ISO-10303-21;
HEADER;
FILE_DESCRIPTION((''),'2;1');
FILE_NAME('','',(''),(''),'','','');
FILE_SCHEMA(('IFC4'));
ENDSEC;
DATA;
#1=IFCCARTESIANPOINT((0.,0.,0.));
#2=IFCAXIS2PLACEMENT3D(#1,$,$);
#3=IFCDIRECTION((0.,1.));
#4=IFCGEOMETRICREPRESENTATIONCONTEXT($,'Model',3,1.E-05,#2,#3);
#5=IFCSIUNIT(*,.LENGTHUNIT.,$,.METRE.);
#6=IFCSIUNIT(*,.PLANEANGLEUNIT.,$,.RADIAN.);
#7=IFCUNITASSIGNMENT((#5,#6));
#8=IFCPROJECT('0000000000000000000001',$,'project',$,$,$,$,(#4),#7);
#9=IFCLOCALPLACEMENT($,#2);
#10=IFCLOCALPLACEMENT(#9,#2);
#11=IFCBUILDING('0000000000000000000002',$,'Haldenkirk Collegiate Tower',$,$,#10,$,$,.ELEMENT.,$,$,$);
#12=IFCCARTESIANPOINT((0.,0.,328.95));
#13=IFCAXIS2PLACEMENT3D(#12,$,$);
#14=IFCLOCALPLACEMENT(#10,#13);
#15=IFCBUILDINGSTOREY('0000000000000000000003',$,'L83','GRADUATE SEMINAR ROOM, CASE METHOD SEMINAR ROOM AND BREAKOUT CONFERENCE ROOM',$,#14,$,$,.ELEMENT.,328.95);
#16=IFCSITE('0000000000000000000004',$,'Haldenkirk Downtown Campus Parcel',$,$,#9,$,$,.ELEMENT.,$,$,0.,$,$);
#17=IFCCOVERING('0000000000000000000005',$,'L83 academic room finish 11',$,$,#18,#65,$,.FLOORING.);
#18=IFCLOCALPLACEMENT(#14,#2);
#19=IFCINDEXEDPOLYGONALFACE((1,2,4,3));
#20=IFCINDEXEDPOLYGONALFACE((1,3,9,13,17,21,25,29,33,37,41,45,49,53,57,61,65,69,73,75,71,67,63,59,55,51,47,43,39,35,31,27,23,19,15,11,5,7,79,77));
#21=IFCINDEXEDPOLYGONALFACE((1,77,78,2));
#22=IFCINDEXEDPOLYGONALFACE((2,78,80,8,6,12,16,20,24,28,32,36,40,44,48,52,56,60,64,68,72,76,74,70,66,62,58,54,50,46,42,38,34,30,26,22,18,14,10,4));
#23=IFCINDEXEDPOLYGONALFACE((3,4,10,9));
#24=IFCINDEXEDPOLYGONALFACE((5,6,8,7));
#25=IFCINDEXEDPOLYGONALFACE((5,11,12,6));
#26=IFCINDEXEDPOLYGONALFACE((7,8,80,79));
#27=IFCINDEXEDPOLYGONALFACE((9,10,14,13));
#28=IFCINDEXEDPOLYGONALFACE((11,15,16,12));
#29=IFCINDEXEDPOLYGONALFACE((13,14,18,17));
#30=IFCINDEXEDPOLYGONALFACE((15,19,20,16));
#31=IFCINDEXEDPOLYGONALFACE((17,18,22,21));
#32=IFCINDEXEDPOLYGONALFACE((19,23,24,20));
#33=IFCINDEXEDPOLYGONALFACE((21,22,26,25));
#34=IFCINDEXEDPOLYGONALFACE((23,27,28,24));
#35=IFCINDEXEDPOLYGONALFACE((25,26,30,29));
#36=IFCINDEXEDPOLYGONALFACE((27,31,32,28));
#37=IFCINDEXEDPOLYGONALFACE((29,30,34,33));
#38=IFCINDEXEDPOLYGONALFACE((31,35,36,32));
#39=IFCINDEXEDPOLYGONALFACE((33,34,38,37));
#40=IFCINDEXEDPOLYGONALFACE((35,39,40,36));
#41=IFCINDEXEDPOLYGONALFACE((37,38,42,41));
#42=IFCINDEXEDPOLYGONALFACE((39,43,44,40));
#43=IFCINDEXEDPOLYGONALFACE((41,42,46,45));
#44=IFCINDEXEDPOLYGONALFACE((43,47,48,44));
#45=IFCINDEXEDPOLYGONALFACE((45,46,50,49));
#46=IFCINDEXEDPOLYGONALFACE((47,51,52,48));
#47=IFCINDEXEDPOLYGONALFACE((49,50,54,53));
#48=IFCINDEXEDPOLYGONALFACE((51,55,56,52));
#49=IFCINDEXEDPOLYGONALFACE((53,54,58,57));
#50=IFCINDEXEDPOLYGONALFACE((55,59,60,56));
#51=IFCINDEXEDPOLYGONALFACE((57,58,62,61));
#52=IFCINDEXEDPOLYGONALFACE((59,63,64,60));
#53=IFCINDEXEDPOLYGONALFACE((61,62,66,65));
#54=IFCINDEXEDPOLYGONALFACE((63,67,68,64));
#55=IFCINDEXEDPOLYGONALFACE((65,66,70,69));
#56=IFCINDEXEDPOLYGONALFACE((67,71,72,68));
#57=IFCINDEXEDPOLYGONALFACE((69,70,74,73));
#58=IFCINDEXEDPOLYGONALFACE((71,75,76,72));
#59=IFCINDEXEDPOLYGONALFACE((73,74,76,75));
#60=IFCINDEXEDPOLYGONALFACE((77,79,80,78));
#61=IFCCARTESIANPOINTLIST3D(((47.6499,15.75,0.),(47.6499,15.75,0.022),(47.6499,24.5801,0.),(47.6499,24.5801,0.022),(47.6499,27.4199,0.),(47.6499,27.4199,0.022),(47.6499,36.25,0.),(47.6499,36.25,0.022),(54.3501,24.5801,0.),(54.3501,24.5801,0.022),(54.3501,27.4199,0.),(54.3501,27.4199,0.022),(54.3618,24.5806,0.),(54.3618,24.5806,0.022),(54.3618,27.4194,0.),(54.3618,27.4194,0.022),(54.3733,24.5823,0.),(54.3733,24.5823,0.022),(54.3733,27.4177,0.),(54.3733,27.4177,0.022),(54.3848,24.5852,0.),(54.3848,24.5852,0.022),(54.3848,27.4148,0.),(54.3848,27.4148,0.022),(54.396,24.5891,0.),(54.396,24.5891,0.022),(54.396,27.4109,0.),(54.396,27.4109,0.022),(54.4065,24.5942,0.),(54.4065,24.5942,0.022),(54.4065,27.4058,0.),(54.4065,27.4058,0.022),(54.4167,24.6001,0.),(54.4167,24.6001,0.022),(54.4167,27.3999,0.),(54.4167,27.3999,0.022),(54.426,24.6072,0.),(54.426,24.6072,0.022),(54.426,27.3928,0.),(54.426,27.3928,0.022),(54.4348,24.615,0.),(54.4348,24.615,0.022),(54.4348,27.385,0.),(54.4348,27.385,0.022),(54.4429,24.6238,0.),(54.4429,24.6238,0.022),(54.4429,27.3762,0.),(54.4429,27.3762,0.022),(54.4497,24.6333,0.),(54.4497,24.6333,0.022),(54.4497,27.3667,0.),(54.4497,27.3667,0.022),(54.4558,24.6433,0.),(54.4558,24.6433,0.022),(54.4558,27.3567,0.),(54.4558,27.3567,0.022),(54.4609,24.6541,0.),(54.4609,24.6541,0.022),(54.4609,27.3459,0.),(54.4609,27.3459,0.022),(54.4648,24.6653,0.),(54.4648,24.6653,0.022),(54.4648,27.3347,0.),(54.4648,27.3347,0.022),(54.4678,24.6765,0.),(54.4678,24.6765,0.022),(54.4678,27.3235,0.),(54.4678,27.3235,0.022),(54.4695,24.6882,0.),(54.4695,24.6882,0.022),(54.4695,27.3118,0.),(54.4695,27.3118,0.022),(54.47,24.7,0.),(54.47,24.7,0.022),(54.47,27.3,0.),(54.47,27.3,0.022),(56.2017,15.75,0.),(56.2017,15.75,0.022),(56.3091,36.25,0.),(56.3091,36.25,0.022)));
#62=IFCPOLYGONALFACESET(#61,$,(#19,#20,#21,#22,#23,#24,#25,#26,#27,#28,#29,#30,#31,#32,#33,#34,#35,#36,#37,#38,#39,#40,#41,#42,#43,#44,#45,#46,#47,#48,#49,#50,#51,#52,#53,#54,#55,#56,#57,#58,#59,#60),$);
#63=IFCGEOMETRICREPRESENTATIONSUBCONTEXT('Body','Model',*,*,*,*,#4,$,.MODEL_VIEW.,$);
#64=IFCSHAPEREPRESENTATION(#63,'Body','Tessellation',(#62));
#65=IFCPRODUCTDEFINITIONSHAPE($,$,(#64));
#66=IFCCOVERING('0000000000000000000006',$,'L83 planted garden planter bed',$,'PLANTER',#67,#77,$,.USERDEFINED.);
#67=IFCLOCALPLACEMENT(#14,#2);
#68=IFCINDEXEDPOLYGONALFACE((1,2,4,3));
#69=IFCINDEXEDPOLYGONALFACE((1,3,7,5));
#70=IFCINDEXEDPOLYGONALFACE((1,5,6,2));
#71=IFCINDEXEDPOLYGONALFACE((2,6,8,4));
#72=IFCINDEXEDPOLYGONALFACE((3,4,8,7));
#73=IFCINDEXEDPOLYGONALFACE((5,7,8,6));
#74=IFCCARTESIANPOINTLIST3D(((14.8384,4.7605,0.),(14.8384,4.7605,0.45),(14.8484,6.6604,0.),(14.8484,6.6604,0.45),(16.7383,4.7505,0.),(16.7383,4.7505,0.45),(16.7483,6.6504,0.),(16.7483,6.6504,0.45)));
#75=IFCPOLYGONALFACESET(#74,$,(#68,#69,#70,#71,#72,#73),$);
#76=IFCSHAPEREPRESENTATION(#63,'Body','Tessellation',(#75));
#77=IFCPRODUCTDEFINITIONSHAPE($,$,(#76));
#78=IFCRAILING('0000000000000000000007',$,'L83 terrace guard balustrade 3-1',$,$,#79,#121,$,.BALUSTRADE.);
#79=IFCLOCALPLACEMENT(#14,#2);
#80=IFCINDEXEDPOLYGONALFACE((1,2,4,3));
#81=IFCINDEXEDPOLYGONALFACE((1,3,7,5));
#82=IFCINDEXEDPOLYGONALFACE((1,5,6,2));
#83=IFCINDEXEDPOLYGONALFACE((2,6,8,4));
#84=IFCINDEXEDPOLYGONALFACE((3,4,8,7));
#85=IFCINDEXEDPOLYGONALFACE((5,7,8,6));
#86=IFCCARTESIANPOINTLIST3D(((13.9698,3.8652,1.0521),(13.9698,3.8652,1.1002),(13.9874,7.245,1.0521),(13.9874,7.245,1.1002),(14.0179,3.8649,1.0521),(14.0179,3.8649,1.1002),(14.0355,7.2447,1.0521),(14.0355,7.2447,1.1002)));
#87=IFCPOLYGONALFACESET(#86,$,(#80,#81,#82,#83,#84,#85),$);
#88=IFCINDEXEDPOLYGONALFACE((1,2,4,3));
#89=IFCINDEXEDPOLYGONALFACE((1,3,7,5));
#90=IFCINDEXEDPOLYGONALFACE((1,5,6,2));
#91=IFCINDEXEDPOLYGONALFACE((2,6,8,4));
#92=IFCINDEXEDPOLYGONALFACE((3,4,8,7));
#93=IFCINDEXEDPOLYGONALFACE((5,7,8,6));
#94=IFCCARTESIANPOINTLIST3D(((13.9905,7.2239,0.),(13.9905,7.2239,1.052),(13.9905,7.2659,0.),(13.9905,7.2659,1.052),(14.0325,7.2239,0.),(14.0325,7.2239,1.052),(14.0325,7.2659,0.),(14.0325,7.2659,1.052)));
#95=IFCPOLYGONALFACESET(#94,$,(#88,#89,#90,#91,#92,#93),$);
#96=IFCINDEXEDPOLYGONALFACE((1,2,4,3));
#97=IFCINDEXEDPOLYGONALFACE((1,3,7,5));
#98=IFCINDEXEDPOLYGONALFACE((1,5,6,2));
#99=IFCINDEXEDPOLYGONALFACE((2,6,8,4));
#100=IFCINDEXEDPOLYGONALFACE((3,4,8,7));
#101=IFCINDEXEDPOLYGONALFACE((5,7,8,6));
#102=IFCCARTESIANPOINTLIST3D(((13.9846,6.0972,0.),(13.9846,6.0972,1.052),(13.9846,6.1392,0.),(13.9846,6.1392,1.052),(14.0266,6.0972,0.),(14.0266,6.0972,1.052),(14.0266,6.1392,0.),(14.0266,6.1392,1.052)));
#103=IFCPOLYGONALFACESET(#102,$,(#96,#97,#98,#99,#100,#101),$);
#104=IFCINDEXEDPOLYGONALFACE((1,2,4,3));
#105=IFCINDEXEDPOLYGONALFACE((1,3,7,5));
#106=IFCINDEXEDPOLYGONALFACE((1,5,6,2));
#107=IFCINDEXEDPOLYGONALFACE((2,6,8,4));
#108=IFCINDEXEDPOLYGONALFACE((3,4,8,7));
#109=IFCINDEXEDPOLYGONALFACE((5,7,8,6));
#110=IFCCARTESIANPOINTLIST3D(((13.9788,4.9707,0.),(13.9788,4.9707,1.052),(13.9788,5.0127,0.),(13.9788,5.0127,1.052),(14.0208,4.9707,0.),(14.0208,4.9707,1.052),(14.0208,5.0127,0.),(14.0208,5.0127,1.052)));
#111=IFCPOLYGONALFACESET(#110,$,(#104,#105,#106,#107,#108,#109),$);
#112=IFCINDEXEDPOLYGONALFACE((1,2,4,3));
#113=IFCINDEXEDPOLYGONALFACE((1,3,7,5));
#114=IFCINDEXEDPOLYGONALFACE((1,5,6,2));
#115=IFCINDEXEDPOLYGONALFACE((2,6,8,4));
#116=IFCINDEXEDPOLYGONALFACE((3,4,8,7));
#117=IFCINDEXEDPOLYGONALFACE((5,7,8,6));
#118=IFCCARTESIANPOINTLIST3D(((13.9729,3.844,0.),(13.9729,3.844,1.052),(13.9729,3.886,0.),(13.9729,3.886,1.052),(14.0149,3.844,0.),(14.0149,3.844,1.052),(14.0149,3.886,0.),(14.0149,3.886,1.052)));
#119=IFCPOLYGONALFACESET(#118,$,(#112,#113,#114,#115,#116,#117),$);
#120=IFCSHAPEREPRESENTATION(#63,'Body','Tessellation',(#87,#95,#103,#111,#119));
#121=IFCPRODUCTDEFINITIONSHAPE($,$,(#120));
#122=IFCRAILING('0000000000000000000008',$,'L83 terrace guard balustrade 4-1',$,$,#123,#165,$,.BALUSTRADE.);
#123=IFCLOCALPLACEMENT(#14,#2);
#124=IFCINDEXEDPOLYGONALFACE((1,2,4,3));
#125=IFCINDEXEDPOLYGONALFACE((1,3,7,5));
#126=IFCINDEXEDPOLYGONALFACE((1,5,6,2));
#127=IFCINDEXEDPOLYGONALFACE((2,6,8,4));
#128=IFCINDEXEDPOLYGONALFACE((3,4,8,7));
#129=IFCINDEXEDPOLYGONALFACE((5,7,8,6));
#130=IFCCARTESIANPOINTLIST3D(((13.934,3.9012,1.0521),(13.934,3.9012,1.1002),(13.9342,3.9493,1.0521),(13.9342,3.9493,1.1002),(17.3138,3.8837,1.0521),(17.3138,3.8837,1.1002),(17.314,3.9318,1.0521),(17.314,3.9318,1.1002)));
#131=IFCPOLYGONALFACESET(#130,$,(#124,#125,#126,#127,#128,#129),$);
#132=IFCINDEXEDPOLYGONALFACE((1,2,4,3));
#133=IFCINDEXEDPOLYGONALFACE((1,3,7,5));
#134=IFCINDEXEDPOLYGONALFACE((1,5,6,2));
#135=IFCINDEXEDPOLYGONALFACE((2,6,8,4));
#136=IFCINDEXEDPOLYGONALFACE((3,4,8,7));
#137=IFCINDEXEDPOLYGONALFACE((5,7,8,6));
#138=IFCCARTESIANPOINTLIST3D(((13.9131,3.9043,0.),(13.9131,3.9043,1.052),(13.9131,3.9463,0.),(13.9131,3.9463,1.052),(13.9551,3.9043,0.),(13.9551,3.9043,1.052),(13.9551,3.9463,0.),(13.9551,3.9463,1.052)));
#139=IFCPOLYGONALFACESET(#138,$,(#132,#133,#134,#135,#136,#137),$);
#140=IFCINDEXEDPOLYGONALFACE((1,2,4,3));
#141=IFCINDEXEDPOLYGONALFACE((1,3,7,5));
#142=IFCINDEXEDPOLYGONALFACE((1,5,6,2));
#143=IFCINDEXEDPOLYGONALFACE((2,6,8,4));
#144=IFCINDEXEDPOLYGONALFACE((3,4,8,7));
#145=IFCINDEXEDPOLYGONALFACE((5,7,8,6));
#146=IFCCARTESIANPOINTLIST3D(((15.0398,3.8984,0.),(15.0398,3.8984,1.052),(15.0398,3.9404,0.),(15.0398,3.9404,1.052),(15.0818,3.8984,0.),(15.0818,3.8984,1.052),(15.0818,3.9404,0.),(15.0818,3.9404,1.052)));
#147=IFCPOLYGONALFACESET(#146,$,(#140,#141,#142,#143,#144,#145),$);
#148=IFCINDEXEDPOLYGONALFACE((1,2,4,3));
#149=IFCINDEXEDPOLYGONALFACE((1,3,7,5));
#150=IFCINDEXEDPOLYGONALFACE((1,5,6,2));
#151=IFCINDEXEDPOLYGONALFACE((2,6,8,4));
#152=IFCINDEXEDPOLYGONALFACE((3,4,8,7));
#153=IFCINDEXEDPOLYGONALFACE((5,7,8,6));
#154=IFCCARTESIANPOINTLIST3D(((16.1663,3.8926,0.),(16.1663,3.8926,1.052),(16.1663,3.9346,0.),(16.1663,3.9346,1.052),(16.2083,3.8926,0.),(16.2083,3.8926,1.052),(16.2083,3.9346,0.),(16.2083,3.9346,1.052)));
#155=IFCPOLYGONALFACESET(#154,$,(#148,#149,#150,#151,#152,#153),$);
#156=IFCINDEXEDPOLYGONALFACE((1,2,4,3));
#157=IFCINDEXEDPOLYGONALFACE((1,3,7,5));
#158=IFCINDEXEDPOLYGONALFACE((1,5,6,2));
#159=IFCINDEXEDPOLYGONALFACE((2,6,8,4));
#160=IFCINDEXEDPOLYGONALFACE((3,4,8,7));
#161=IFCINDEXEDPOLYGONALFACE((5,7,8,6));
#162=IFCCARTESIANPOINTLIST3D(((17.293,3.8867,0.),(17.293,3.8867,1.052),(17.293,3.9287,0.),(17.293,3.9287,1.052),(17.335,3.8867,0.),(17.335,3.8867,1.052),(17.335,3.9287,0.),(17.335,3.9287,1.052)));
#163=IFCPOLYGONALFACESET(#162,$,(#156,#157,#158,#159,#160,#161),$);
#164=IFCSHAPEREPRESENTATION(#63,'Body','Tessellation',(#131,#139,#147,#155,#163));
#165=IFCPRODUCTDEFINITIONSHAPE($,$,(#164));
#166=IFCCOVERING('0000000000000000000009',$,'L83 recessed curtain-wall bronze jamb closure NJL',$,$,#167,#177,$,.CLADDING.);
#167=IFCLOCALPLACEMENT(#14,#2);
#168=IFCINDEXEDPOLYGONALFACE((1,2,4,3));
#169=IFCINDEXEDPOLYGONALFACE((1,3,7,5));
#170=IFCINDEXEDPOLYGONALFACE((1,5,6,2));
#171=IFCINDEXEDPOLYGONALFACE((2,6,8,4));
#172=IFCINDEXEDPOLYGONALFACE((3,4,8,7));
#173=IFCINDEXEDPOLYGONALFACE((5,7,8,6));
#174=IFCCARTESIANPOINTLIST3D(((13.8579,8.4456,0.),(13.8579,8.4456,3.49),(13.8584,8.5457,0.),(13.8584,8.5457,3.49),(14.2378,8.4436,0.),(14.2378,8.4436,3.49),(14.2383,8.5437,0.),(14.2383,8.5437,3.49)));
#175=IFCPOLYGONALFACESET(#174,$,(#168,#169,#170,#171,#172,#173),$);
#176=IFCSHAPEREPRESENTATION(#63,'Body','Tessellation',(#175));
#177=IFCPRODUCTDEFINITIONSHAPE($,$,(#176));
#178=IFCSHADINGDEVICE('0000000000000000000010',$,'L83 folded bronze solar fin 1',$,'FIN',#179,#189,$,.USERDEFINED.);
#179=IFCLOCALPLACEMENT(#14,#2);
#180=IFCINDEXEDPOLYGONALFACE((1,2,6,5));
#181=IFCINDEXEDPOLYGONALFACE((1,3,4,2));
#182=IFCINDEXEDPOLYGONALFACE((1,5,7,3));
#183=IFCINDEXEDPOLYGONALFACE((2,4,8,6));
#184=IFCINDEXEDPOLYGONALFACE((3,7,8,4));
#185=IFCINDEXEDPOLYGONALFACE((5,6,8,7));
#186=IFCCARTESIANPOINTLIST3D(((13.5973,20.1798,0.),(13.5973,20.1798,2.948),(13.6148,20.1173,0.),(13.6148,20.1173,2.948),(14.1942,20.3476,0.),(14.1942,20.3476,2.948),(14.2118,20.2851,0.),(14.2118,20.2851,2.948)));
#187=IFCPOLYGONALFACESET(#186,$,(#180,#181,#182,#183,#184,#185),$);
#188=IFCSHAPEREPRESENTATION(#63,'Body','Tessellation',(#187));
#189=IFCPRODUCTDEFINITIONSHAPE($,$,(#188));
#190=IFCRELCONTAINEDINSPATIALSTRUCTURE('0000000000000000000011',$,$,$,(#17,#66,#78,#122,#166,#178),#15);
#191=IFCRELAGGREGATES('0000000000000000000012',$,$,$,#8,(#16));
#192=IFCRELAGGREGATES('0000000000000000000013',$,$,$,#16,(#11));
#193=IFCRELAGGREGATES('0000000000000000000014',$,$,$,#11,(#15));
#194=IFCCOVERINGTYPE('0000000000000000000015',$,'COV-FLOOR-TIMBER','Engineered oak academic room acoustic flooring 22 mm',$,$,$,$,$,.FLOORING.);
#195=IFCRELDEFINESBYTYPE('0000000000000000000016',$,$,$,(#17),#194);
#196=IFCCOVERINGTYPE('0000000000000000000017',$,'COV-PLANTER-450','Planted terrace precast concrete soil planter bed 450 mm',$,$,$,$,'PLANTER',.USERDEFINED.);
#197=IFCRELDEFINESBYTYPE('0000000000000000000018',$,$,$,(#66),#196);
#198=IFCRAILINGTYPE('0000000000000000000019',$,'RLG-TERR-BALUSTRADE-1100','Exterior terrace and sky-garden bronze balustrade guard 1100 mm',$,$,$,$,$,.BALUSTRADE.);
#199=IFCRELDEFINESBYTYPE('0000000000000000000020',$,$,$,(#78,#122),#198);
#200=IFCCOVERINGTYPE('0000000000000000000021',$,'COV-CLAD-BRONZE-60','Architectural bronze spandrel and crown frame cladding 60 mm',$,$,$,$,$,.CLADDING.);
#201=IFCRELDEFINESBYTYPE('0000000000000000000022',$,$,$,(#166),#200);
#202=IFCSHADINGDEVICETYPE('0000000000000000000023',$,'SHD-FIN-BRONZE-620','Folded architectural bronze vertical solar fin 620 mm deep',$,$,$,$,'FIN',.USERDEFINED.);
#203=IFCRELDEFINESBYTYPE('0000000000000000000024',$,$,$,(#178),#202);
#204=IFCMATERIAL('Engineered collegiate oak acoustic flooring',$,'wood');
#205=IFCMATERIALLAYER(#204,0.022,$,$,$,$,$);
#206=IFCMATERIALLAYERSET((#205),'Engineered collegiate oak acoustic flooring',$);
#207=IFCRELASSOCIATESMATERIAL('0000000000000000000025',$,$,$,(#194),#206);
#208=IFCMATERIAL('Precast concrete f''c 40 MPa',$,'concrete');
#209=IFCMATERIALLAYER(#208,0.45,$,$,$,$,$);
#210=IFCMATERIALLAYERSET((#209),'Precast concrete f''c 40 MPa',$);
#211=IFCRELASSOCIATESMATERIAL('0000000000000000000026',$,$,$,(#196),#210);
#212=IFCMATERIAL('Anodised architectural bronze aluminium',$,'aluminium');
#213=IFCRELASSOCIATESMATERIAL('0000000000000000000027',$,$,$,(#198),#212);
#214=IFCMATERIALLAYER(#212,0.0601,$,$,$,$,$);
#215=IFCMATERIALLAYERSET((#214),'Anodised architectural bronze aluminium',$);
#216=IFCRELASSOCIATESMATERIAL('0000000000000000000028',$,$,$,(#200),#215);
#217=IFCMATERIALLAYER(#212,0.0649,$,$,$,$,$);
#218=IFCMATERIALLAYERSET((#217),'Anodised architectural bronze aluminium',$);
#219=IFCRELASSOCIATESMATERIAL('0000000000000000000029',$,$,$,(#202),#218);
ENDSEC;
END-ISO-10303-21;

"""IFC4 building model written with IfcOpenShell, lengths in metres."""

from ifc_helpers import new_model, si_unit, direction, frame, origin, origin_2d, place, context, subcontext, project, spatial, polyline, rectangle, outline, extrude, source, transform, mapped, material, layer, layer_set, type_object, element, save


model = new_model("IFC4")

# Units and contexts
model_context = context("Model", 3, precision=1e-05, world=origin(), true_north=direction((0.0, 1.0)))
body_context = subcontext(model_context, "Body", "Model", "MODEL_VIEW")
ifc_project = project(units=[si_unit("LENGTHUNIT", "METRE"), si_unit("PLANEANGLEUNIT", "RADIAN")], contexts=[model_context])

# Site, building, storey
site_placement = place(None, origin())
site = spatial("IfcSite", under=ifc_project, at=site_placement, Name="Haldenkirk Downtown Campus Parcel", CompositionType="ELEMENT", RefElevation=0.0)
building_placement = place(site_placement, origin())
building = spatial("IfcBuilding", under=site, at=building_placement, Name="Haldenkirk Collegiate Tower", CompositionType="ELEMENT")
storey_placement = place(building_placement, frame((0.0, 0.0, 328.95)))
storey = spatial("IfcBuildingStorey", under=building, at=storey_placement, Name="L83", Description="GRADUATE SEMINAR ROOM, CASE METHOD SEMINAR ROOM AND BREAKOUT CONFERENCE ROOM", CompositionType="ELEMENT", Elevation=328.95)

# Shared definitions
ifc_material_1 = material(Name="Anodised architectural bronze aluminium", Category="aluminium")

# Shared definitions
ifc_material_2 = material(Name="Precast concrete f'c 40 MPa", Category="concrete")

# Coverings
ifc_material_3 = material(Name="Engineered collegiate oak acoustic flooring", Category="wood")
ifc_layer_1 = layer(ifc_material_3, 0.022)
ifc_layer_set_1 = layer_set([ifc_layer_1], Name="Engineered collegiate oak acoustic flooring")
covering_type_1 = type_object("IfcCoveringType", Name="COV-FLOOR-TIMBER", Description="Engineered oak academic room acoustic flooring 22 mm", PredefinedType="FLOORING", material=ifc_layer_set_1)
covering_1_placement = place(storey_placement, origin())
element("IfcCovering", 1, at=covering_1_placement, inside=storey, type_object=covering_type_1, Name="L83 academic room finish 11", PredefinedType="FLOORING", context=body_context, shape_type="SweptSolid", body=[
    extrude(outline(polyline([(54.3501, 24.5801), (54.3618, 24.5806), (54.3733, 24.5823), (54.3848, 24.5852), (54.396, 24.5891), (54.4065, 24.5942), (54.4167, 24.6001), (54.426, 24.6072), (54.4348, 24.615), (54.4429, 24.6238), (54.4497, 24.6333), (54.4558, 24.6433), (54.4609, 24.6541), (54.4648, 24.6653), (54.4678, 24.6765), (54.4695, 24.6882), (54.47, 24.7), (54.47, 27.3), (54.4695, 27.3118), (54.4678, 27.3235), (54.4648, 27.3347), (54.4609, 27.3459), (54.4558, 27.3567), (54.4497, 27.3667), (54.4429, 27.3762), (54.4348, 27.385), (54.426, 27.3928), (54.4167, 27.3999), (54.4065, 27.4058), (54.396, 27.4109), (54.3848, 27.4148), (54.3733, 27.4177), (54.3618, 27.4194), (54.3501, 27.4199), (47.6499, 27.4199), (47.6499, 36.25), (56.3091, 36.25), (56.2017, 15.75), (47.6499, 15.75), (47.6499, 24.5801), (54.3501, 24.5801)])), origin(), (0.0, 0.0, 1.0), 0.022),
])
ifc_layer_2 = layer(ifc_material_2, 0.45)
ifc_layer_set_2 = layer_set([ifc_layer_2], Name="Precast concrete f'c 40 MPa")
covering_type_2 = type_object("IfcCoveringType", Name="COV-PLANTER-450", Description="Planted terrace precast concrete soil planter bed 450 mm", ElementType="PLANTER", PredefinedType="USERDEFINED", material=ifc_layer_set_2)
covering_2_placement = place(storey_placement, origin())
element("IfcCovering", 2, at=covering_2_placement, inside=storey, type_object=covering_type_2, Name="L83 planted garden planter bed", ObjectType="PLANTER", PredefinedType="USERDEFINED", context=body_context, shape_type="SweptSolid", body=[
    extrude(outline(polyline([(16.7383, 4.7505), (14.8384, 4.7605), (14.8484, 6.6604), (16.7483, 6.6504), (16.7383, 4.7505)])), origin(), (0.0, 0.0, 1.0), 0.45),
])

# Railings
railing_type = type_object("IfcRailingType", Name="RLG-TERR-BALUSTRADE-1100", Description="Exterior terrace and sky-garden bronze balustrade guard 1100 mm", PredefinedType="BALUSTRADE", material=ifc_material_1)
railing_1_placement = place(storey_placement, frame((14.0115, 7.2449, 0.0)))
element("IfcRailing", 3, at=railing_1_placement, inside=storey, type_object=railing_type, Name="L83 terrace guard balustrade 3-1", PredefinedType="BALUSTRADE", context=body_context, shape_type="SweptSolid", body=[
    extrude(rectangle(XDim=0.0481, YDim=0.0481, at=origin_2d()), frame((0.0, 0.0, 1.0762), z_axis=(-0.005201, -0.999986, 0.0), x_axis=(0.999986, -0.005201, 0.0)), (0.0, 0.0, 1.0), 3.3799),
    extrude(rectangle(XDim=0.042, YDim=0.042, at=origin_2d()), origin(), (0.0, 0.0, 1.0), 1.052),
    extrude(rectangle(XDim=0.042, YDim=0.042, at=origin_2d()), frame((-0.0059, -1.1267, 0.0)), (0.0, 0.0, 1.0), 1.052),
    extrude(rectangle(XDim=0.042, YDim=0.042, at=origin_2d()), frame((-0.0117, -2.2532, 0.0)), (0.0, 0.0, 1.0), 1.052),
    extrude(rectangle(XDim=0.042, YDim=0.042, at=origin_2d()), frame((-0.0176, -3.3799, 0.0)), (0.0, 0.0, 1.0), 1.052),
])
railing_2_placement = place(storey_placement, frame((13.9341, 3.9253, 0.0)))
element("IfcRailing", 4, at=railing_2_placement, inside=storey, type_object=railing_type, Name="L83 terrace guard balustrade 4-1", PredefinedType="BALUSTRADE", context=body_context, shape_type="SweptSolid", body=[
    extrude(rectangle(XDim=0.0481, YDim=0.0481, at=origin_2d()), frame((0.0, 0.0, 1.0762), z_axis=(0.999986, -0.005201, 0.0), x_axis=(0.005201, 0.999986, 0.0)), (0.0, 0.0, 1.0), 3.3799),
    extrude(rectangle(XDim=0.042, YDim=0.042, at=origin_2d()), origin(), (0.0, 0.0, 1.0), 1.052),
    extrude(rectangle(XDim=0.042, YDim=0.042, at=origin_2d()), frame((1.1267, -0.0059, 0.0)), (0.0, 0.0, 1.0), 1.052),
    extrude(rectangle(XDim=0.042, YDim=0.042, at=origin_2d()), frame((2.2532, -0.0117, 0.0)), (0.0, 0.0, 1.0), 1.052),
    extrude(rectangle(XDim=0.042, YDim=0.042, at=origin_2d()), frame((3.3799, -0.0176, 0.0)), (0.0, 0.0, 1.0), 1.052),
])

# Covering
ifc_layer_3 = layer(ifc_material_1, 0.0601)
ifc_layer_set_3 = layer_set([ifc_layer_3], Name="Anodised architectural bronze aluminium")
covering_type_3 = type_object("IfcCoveringType", Name="COV-CLAD-BRONZE-60", Description="Architectural bronze spandrel and crown frame cladding 60 mm", PredefinedType="CLADDING", material=ifc_layer_set_3)
shared_shape_1 = source(origin(), body_context, "Body", "SweptSolid", [
    extrude(rectangle(XDim=0.1001, YDim=0.3799, at=origin_2d()), origin(), (0.0, 0.0, 1.0), 3.49),
])
covering_3_placement = place(storey_placement, frame((14.0481, 8.4946, 0.0), z_axis=(0.0, 0.0, 1.0), x_axis=(0.005236, 0.999986, 0.0)))
element("IfcCovering", 5, at=covering_3_placement, inside=storey, type_object=covering_type_3, Name="L83 recessed curtain-wall bronze jamb closure NJL", PredefinedType="CLADDING", context=body_context, shape_type="MappedRepresentation", body=[
    mapped(shared_shape_1, transform((0.0, 0.0, 0.0), x_axis=(1.0, 0.0, 0.0), y_axis=(0.0, 1.0, 0.0), z_axis=(0.0, 0.0, 1.0), scale=1.0)),
])

# Shading device
ifc_layer_4 = layer(ifc_material_1, 0.0649)
ifc_layer_set_4 = layer_set([ifc_layer_4], Name="Anodised architectural bronze aluminium")
shading_device_type = type_object("IfcShadingDeviceType", Name="SHD-FIN-BRONZE-620", Description="Folded architectural bronze vertical solar fin 620 mm deep", ElementType="FIN", PredefinedType="USERDEFINED", material=ifc_layer_set_4)
shared_shape_2 = source(origin(), body_context, "Body", "SweptSolid", [
    extrude(rectangle(XDim=0.6201, YDim=0.0649, at=origin_2d()), origin(), (0.0, 0.0, 1.0), 2.948),
])
shading_device_placement = place(storey_placement, frame((13.9045, 20.2324, 0.0), z_axis=(0.0, 0.0, 1.0), x_axis=(-0.962692, -0.2706, 0.0)))
element("IfcShadingDevice", 6, at=shading_device_placement, inside=storey, type_object=shading_device_type, Name="L83 folded bronze solar fin 1", ObjectType="FIN", PredefinedType="USERDEFINED", context=body_context, shape_type="MappedRepresentation", body=[
    mapped(shared_shape_2, transform((0.0, 0.0, 0.0), x_axis=(1.0, 0.0, 0.0), y_axis=(0.0, 1.0, 0.0), z_axis=(0.0, 0.0, 1.0), scale=1.0)),
])

save(model, "model.ifc")
